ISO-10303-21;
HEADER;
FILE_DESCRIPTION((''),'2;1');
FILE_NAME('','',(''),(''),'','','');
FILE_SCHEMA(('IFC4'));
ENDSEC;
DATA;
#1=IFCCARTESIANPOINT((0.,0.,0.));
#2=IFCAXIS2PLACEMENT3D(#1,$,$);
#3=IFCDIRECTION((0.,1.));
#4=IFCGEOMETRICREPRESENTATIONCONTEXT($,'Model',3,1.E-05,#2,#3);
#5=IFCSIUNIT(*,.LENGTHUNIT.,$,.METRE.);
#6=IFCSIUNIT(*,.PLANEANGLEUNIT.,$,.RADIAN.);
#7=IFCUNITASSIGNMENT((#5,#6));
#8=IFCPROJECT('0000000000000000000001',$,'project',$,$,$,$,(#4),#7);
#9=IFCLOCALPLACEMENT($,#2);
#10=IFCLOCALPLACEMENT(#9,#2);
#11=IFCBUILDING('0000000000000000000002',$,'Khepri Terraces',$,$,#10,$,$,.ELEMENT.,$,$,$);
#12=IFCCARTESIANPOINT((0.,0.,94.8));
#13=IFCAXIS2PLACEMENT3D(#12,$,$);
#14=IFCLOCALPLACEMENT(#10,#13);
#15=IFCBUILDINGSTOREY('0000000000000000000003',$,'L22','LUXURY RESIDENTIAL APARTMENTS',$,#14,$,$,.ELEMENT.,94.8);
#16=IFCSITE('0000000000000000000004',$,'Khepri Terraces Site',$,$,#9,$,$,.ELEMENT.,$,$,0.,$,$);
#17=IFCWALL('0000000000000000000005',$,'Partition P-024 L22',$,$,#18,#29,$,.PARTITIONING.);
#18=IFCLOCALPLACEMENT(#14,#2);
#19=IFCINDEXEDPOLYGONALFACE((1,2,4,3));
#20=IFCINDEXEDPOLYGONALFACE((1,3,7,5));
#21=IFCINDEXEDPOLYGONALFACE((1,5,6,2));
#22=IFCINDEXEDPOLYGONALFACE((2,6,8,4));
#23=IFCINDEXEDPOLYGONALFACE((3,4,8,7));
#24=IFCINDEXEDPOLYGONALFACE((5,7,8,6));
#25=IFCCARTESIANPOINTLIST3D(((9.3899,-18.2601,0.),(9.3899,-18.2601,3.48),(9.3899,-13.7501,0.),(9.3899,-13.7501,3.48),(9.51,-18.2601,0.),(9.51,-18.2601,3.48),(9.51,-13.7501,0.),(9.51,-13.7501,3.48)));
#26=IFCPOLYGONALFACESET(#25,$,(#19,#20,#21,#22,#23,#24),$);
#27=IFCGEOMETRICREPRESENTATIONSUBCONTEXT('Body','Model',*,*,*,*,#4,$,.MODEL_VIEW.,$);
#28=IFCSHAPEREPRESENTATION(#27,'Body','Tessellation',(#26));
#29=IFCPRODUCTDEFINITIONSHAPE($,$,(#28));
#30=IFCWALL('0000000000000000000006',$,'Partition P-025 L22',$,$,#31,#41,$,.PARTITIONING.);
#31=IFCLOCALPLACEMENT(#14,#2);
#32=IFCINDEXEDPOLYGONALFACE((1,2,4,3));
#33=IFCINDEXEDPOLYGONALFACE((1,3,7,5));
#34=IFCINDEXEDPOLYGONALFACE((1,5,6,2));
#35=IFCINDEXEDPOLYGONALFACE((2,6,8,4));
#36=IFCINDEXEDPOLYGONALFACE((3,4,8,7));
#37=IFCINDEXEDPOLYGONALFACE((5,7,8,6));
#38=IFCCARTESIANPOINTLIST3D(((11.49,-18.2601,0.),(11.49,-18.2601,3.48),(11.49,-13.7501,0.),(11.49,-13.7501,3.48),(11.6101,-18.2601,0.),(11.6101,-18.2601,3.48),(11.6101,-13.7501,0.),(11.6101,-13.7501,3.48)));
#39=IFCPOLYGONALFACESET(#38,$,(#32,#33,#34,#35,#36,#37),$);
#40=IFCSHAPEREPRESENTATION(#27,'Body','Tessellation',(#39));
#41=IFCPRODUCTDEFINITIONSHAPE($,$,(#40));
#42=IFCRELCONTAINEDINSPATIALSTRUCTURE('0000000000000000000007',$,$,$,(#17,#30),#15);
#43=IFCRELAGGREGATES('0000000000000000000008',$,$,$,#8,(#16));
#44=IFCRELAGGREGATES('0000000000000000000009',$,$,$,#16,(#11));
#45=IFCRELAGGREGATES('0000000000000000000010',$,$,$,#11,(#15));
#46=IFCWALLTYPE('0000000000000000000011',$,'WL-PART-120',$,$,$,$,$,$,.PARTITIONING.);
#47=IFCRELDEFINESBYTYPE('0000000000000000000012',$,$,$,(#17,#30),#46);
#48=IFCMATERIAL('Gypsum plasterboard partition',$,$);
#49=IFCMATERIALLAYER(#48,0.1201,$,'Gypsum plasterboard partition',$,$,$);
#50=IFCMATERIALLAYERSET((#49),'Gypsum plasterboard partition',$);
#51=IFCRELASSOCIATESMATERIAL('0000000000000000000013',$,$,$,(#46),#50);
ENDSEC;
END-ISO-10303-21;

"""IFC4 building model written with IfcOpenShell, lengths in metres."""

from ifc_helpers import new_model, si_unit, direction, frame, frame_2d, origin, place, context, subcontext, project, spatial, rectangle, extrude, material, layer, layer_set, type_object, element, save


model = new_model("IFC4")

# Units and contexts
model_context = context("Model", 3, precision=1e-05, world=origin(), true_north=direction((0.0, 1.0)))
body_context = subcontext(model_context, "Body", "Model", "MODEL_VIEW")
ifc_project = project(units=[si_unit("LENGTHUNIT", "METRE"), si_unit("PLANEANGLEUNIT", "RADIAN")], contexts=[model_context])

# Site, building, storey
site_placement = place(None, origin())
site = spatial("IfcSite", under=ifc_project, at=site_placement, Name="Khepri Terraces Site", CompositionType="ELEMENT", RefElevation=0.0)
building_placement = place(site_placement, origin())
building = spatial("IfcBuilding", under=site, at=building_placement, Name="Khepri Terraces", CompositionType="ELEMENT")
storey_placement = place(building_placement, frame((0.0, 0.0, 94.8)))
storey = spatial("IfcBuildingStorey", under=building, at=storey_placement, Name="L22", Description="LUXURY RESIDENTIAL APARTMENTS", CompositionType="ELEMENT", Elevation=94.8)

# Shared definitions
ifc_material_1 = material(Name="Gypsum plasterboard partition")
ifc_layer_1 = layer(ifc_material_1, 0.1201, Name="Gypsum plasterboard partition")
ifc_layer_set_1 = layer_set([ifc_layer_1], Name="Gypsum plasterboard partition")
wall_type_1 = type_object("IfcWallType", Name="WL-PART-120", PredefinedType="PARTITIONING", material=ifc_layer_set_1)

# Walls
for number, where, z_axis, x_axis, name in (
    (1, (9.45, -18.26, 0.0), (0.0, 0.0, 1.0), (0.0, 1.0, 0.0), "Partition P-024 L22"),
    (2, (11.55, -18.26, 0.0), (0.0, 0.0, 1.0), (0.0, 1.0, 0.0), "Partition P-025 L22"),
):
    element("IfcWall", number, at=place(storey_placement, frame(where, z_axis=z_axis, x_axis=x_axis)), inside=storey, type_object=wall_type_1, Name=name, PredefinedType="PARTITIONING", context=body_context, shape_type="SweptSolid", body=[
        extrude(rectangle(XDim=4.51, YDim=0.1201, at=frame_2d((2.2549, 0.0))), origin(), (0.0, 0.0, 1.0), 3.48),
    ])

save(model, "model.ifc")
